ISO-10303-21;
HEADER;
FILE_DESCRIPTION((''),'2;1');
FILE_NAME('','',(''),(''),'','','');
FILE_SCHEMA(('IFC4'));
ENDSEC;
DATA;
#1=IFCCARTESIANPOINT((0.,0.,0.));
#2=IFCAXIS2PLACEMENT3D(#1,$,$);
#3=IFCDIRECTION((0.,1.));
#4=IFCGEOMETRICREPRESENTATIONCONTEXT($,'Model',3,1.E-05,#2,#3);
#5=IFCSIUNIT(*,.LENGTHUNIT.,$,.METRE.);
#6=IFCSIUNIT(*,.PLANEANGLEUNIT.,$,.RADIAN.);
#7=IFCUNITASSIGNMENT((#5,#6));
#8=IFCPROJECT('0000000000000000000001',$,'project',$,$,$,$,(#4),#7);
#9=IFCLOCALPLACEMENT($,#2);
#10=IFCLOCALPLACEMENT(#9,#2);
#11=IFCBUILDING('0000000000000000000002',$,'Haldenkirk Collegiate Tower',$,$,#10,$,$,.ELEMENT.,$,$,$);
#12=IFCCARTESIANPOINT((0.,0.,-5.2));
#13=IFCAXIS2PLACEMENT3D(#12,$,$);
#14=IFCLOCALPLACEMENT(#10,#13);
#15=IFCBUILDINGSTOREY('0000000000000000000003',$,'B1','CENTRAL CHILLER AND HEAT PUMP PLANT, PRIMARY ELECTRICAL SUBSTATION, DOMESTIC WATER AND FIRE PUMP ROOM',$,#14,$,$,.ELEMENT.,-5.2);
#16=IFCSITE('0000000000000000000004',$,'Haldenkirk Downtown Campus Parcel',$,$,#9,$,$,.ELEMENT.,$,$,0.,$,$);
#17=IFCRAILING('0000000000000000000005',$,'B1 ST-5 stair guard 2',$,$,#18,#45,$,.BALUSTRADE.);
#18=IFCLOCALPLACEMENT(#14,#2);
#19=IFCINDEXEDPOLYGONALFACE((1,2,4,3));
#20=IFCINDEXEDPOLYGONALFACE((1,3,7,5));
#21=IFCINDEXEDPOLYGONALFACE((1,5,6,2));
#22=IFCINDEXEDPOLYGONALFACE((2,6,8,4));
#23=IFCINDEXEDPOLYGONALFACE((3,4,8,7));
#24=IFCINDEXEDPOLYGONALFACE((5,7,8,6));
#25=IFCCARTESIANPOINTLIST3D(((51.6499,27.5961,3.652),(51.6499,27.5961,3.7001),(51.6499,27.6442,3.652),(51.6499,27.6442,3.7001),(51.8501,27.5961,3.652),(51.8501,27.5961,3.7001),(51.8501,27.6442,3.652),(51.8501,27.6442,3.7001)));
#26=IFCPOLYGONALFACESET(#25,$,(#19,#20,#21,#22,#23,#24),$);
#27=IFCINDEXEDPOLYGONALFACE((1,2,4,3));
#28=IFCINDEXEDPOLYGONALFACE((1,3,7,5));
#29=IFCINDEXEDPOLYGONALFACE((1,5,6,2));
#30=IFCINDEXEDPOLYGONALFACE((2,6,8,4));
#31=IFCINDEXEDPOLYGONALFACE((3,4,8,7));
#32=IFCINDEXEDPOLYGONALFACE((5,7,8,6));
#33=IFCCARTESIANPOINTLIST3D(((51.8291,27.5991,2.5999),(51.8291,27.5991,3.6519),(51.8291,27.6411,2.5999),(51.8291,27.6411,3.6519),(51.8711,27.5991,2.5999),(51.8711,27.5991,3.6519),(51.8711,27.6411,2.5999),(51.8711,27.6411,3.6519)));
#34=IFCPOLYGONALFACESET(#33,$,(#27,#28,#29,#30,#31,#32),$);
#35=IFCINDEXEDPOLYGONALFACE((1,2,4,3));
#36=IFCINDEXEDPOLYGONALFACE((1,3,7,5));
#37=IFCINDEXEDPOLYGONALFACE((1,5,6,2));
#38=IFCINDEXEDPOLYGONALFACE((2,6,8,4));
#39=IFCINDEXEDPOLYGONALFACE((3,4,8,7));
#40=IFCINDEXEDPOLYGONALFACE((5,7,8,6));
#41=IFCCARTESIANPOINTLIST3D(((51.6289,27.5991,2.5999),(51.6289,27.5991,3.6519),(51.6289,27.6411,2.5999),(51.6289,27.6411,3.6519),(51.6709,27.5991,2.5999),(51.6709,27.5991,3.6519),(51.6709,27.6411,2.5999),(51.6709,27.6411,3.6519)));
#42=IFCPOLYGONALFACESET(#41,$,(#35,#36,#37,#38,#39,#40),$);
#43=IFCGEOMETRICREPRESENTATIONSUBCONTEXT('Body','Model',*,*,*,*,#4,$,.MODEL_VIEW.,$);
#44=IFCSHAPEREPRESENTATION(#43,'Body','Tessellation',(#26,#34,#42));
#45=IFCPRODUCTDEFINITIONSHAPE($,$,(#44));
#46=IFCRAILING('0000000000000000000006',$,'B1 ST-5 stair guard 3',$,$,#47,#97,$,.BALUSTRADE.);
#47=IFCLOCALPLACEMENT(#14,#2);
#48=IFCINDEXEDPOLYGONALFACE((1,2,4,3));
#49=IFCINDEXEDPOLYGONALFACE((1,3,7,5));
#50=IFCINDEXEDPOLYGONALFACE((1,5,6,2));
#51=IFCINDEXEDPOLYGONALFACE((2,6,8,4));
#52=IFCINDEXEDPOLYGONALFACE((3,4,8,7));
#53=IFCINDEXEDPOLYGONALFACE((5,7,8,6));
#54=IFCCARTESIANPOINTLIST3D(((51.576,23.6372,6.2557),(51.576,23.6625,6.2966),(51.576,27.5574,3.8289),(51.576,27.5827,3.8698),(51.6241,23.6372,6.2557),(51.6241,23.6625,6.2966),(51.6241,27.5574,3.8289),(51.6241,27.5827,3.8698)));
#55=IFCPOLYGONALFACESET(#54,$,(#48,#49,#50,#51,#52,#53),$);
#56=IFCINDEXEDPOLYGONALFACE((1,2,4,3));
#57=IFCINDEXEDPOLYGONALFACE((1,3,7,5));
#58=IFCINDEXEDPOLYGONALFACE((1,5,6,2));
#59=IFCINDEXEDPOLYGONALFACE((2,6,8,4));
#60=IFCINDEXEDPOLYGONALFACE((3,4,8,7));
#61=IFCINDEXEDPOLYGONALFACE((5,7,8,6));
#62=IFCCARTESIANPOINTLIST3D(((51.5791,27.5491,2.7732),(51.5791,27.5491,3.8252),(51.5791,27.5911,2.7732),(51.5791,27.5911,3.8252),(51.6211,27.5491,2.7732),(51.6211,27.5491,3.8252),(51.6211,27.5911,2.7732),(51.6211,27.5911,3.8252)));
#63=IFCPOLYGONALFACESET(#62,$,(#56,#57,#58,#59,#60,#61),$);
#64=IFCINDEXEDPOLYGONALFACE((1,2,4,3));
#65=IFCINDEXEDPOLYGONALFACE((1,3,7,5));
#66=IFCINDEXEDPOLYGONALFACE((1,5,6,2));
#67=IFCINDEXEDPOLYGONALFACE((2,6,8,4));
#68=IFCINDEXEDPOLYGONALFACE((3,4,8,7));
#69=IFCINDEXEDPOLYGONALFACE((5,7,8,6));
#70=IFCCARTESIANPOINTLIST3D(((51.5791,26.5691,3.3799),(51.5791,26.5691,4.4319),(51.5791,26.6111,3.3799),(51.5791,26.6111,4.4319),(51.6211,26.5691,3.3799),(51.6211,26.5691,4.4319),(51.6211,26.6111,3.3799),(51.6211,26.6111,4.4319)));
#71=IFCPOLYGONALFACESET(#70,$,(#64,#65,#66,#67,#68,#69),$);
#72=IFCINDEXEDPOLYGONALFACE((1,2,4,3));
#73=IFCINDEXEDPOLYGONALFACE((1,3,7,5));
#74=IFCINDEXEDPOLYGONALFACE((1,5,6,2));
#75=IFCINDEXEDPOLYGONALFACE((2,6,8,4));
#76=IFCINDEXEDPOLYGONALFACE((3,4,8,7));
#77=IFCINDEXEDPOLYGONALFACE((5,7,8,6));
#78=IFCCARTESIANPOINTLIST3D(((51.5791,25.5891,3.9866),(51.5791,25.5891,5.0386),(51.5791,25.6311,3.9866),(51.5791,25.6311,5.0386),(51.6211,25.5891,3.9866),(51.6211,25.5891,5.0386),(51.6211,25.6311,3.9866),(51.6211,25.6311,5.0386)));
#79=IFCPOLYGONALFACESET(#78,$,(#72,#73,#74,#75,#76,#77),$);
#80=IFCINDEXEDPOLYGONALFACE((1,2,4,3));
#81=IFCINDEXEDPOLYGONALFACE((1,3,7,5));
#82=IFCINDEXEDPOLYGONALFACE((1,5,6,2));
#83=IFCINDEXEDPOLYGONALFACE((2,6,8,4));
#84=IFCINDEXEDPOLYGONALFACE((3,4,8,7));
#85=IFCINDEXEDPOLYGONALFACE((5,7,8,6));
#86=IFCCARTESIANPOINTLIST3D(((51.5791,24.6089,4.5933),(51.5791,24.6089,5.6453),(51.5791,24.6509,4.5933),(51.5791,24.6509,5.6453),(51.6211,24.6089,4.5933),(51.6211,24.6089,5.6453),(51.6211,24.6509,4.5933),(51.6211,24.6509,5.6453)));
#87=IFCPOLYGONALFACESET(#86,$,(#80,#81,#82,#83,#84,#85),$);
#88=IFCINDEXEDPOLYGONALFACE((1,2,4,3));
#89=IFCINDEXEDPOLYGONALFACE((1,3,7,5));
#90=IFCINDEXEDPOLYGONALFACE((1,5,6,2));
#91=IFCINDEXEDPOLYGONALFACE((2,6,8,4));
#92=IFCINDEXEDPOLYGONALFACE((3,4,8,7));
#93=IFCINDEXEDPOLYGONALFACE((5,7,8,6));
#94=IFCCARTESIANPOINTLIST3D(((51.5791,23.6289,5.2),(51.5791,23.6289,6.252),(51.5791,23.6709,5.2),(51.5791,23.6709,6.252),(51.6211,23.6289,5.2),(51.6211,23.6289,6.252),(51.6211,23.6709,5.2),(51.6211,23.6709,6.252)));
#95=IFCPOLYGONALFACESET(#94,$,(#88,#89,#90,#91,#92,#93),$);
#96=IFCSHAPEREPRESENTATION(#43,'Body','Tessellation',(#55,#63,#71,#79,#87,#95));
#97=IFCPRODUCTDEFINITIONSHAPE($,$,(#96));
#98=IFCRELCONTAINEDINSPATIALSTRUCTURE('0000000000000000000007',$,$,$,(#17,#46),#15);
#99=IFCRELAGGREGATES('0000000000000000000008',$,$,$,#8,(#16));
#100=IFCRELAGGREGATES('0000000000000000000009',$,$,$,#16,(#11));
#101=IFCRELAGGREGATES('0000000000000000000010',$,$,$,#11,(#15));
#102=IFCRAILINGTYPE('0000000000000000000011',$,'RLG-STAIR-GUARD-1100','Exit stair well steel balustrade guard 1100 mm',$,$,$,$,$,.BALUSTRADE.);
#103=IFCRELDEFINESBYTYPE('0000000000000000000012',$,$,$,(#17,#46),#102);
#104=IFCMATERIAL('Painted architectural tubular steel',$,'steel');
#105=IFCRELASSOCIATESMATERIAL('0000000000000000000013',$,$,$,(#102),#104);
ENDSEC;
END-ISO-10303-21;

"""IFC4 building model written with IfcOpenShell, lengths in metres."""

from ifc_helpers import new_model, si_unit, direction, frame, origin, origin_2d, place, context, subcontext, project, spatial, rectangle, extrude, material, type_object, element, save


model = new_model("IFC4")

# Units and contexts
model_context = context("Model", 3, precision=1e-05, world=origin(), true_north=direction((0.0, 1.0)))
body_context = subcontext(model_context, "Body", "Model", "MODEL_VIEW")
ifc_project = project(units=[si_unit("LENGTHUNIT", "METRE"), si_unit("PLANEANGLEUNIT", "RADIAN")], contexts=[model_context])

# Site, building, storey
site_placement = place(None, origin())
site = spatial("IfcSite", under=ifc_project, at=site_placement, Name="Haldenkirk Downtown Campus Parcel", CompositionType="ELEMENT", RefElevation=0.0)
building_placement = place(site_placement, origin())
building = spatial("IfcBuilding", under=site, at=building_placement, Name="Haldenkirk Collegiate Tower", CompositionType="ELEMENT")
storey_placement = place(building_placement, frame((0.0, 0.0, -5.2)))
storey = spatial("IfcBuildingStorey", under=building, at=storey_placement, Name="B1", Description="CENTRAL CHILLER AND HEAT PUMP PLANT, PRIMARY ELECTRICAL SUBSTATION, DOMESTIC WATER AND FIRE PUMP ROOM", CompositionType="ELEMENT", Elevation=-5.2)

# Railings
ifc_material_1 = material(Name="Painted architectural tubular steel", Category="steel")
railing_type = type_object("IfcRailingType", Name="RLG-STAIR-GUARD-1100", Description="Exit stair well steel balustrade guard 1100 mm", PredefinedType="BALUSTRADE", material=ifc_material_1)
railing_1_placement = place(storey_placement, frame((51.8501, 27.6201, 2.5999)))
element("IfcRailing", 1, at=railing_1_placement, inside=storey, type_object=railing_type, Name="B1 ST-5 stair guard 2", PredefinedType="BALUSTRADE", context=body_context, shape_type="SweptSolid", body=[
    extrude(rectangle(XDim=0.0481, YDim=0.0481, at=origin_2d()), frame((0.0, 0.0, 1.0762), z_axis=(-1.0, 0.0, 0.0), x_axis=(0.0, -1.0, 0.0)), (0.0, 0.0, 1.0), 0.2002),
    extrude(rectangle(XDim=0.042, YDim=0.042, at=origin_2d()), origin(), (0.0, 0.0, 1.0), 1.052),
    extrude(rectangle(XDim=0.042, YDim=0.042, at=origin_2d()), frame((-0.2002, 0.0, 0.0)), (0.0, 0.0, 1.0), 1.052),
])
railing_2_placement = place(storey_placement, frame((51.6001, 27.5701, 2.7732)))
element("IfcRailing", 2, at=railing_2_placement, inside=storey, type_object=railing_type, Name="B1 ST-5 stair guard 3", PredefinedType="BALUSTRADE", context=body_context, shape_type="SweptSolid", body=[
    extrude(rectangle(XDim=0.0481, YDim=0.0481, at=origin_2d()), frame((0.0, 0.0, 1.0762), z_axis=(0.0, -0.850266, 0.526353), x_axis=(1.0, 0.0, 0.0)), (0.0, 0.0, 1.0), 4.6106),
    extrude(rectangle(XDim=0.042, YDim=0.042, at=origin_2d()), origin(), (0.0, 0.0, 1.0), 1.052),
    extrude(rectangle(XDim=0.042, YDim=0.042, at=origin_2d()), frame((0.0, -0.98, 0.6067)), (0.0, 0.0, 1.0), 1.052),
    extrude(rectangle(XDim=0.042, YDim=0.042, at=origin_2d()), frame((0.0, -1.96, 1.2134)), (0.0, 0.0, 1.0), 1.052),
    extrude(rectangle(XDim=0.042, YDim=0.042, at=origin_2d()), frame((0.0, -2.9402, 1.8201)), (0.0, 0.0, 1.0), 1.052),
    extrude(rectangle(XDim=0.042, YDim=0.042, at=origin_2d()), frame((0.0, -3.9202, 2.4268)), (0.0, 0.0, 1.0), 1.052),
])

save(model, "model.ifc")
